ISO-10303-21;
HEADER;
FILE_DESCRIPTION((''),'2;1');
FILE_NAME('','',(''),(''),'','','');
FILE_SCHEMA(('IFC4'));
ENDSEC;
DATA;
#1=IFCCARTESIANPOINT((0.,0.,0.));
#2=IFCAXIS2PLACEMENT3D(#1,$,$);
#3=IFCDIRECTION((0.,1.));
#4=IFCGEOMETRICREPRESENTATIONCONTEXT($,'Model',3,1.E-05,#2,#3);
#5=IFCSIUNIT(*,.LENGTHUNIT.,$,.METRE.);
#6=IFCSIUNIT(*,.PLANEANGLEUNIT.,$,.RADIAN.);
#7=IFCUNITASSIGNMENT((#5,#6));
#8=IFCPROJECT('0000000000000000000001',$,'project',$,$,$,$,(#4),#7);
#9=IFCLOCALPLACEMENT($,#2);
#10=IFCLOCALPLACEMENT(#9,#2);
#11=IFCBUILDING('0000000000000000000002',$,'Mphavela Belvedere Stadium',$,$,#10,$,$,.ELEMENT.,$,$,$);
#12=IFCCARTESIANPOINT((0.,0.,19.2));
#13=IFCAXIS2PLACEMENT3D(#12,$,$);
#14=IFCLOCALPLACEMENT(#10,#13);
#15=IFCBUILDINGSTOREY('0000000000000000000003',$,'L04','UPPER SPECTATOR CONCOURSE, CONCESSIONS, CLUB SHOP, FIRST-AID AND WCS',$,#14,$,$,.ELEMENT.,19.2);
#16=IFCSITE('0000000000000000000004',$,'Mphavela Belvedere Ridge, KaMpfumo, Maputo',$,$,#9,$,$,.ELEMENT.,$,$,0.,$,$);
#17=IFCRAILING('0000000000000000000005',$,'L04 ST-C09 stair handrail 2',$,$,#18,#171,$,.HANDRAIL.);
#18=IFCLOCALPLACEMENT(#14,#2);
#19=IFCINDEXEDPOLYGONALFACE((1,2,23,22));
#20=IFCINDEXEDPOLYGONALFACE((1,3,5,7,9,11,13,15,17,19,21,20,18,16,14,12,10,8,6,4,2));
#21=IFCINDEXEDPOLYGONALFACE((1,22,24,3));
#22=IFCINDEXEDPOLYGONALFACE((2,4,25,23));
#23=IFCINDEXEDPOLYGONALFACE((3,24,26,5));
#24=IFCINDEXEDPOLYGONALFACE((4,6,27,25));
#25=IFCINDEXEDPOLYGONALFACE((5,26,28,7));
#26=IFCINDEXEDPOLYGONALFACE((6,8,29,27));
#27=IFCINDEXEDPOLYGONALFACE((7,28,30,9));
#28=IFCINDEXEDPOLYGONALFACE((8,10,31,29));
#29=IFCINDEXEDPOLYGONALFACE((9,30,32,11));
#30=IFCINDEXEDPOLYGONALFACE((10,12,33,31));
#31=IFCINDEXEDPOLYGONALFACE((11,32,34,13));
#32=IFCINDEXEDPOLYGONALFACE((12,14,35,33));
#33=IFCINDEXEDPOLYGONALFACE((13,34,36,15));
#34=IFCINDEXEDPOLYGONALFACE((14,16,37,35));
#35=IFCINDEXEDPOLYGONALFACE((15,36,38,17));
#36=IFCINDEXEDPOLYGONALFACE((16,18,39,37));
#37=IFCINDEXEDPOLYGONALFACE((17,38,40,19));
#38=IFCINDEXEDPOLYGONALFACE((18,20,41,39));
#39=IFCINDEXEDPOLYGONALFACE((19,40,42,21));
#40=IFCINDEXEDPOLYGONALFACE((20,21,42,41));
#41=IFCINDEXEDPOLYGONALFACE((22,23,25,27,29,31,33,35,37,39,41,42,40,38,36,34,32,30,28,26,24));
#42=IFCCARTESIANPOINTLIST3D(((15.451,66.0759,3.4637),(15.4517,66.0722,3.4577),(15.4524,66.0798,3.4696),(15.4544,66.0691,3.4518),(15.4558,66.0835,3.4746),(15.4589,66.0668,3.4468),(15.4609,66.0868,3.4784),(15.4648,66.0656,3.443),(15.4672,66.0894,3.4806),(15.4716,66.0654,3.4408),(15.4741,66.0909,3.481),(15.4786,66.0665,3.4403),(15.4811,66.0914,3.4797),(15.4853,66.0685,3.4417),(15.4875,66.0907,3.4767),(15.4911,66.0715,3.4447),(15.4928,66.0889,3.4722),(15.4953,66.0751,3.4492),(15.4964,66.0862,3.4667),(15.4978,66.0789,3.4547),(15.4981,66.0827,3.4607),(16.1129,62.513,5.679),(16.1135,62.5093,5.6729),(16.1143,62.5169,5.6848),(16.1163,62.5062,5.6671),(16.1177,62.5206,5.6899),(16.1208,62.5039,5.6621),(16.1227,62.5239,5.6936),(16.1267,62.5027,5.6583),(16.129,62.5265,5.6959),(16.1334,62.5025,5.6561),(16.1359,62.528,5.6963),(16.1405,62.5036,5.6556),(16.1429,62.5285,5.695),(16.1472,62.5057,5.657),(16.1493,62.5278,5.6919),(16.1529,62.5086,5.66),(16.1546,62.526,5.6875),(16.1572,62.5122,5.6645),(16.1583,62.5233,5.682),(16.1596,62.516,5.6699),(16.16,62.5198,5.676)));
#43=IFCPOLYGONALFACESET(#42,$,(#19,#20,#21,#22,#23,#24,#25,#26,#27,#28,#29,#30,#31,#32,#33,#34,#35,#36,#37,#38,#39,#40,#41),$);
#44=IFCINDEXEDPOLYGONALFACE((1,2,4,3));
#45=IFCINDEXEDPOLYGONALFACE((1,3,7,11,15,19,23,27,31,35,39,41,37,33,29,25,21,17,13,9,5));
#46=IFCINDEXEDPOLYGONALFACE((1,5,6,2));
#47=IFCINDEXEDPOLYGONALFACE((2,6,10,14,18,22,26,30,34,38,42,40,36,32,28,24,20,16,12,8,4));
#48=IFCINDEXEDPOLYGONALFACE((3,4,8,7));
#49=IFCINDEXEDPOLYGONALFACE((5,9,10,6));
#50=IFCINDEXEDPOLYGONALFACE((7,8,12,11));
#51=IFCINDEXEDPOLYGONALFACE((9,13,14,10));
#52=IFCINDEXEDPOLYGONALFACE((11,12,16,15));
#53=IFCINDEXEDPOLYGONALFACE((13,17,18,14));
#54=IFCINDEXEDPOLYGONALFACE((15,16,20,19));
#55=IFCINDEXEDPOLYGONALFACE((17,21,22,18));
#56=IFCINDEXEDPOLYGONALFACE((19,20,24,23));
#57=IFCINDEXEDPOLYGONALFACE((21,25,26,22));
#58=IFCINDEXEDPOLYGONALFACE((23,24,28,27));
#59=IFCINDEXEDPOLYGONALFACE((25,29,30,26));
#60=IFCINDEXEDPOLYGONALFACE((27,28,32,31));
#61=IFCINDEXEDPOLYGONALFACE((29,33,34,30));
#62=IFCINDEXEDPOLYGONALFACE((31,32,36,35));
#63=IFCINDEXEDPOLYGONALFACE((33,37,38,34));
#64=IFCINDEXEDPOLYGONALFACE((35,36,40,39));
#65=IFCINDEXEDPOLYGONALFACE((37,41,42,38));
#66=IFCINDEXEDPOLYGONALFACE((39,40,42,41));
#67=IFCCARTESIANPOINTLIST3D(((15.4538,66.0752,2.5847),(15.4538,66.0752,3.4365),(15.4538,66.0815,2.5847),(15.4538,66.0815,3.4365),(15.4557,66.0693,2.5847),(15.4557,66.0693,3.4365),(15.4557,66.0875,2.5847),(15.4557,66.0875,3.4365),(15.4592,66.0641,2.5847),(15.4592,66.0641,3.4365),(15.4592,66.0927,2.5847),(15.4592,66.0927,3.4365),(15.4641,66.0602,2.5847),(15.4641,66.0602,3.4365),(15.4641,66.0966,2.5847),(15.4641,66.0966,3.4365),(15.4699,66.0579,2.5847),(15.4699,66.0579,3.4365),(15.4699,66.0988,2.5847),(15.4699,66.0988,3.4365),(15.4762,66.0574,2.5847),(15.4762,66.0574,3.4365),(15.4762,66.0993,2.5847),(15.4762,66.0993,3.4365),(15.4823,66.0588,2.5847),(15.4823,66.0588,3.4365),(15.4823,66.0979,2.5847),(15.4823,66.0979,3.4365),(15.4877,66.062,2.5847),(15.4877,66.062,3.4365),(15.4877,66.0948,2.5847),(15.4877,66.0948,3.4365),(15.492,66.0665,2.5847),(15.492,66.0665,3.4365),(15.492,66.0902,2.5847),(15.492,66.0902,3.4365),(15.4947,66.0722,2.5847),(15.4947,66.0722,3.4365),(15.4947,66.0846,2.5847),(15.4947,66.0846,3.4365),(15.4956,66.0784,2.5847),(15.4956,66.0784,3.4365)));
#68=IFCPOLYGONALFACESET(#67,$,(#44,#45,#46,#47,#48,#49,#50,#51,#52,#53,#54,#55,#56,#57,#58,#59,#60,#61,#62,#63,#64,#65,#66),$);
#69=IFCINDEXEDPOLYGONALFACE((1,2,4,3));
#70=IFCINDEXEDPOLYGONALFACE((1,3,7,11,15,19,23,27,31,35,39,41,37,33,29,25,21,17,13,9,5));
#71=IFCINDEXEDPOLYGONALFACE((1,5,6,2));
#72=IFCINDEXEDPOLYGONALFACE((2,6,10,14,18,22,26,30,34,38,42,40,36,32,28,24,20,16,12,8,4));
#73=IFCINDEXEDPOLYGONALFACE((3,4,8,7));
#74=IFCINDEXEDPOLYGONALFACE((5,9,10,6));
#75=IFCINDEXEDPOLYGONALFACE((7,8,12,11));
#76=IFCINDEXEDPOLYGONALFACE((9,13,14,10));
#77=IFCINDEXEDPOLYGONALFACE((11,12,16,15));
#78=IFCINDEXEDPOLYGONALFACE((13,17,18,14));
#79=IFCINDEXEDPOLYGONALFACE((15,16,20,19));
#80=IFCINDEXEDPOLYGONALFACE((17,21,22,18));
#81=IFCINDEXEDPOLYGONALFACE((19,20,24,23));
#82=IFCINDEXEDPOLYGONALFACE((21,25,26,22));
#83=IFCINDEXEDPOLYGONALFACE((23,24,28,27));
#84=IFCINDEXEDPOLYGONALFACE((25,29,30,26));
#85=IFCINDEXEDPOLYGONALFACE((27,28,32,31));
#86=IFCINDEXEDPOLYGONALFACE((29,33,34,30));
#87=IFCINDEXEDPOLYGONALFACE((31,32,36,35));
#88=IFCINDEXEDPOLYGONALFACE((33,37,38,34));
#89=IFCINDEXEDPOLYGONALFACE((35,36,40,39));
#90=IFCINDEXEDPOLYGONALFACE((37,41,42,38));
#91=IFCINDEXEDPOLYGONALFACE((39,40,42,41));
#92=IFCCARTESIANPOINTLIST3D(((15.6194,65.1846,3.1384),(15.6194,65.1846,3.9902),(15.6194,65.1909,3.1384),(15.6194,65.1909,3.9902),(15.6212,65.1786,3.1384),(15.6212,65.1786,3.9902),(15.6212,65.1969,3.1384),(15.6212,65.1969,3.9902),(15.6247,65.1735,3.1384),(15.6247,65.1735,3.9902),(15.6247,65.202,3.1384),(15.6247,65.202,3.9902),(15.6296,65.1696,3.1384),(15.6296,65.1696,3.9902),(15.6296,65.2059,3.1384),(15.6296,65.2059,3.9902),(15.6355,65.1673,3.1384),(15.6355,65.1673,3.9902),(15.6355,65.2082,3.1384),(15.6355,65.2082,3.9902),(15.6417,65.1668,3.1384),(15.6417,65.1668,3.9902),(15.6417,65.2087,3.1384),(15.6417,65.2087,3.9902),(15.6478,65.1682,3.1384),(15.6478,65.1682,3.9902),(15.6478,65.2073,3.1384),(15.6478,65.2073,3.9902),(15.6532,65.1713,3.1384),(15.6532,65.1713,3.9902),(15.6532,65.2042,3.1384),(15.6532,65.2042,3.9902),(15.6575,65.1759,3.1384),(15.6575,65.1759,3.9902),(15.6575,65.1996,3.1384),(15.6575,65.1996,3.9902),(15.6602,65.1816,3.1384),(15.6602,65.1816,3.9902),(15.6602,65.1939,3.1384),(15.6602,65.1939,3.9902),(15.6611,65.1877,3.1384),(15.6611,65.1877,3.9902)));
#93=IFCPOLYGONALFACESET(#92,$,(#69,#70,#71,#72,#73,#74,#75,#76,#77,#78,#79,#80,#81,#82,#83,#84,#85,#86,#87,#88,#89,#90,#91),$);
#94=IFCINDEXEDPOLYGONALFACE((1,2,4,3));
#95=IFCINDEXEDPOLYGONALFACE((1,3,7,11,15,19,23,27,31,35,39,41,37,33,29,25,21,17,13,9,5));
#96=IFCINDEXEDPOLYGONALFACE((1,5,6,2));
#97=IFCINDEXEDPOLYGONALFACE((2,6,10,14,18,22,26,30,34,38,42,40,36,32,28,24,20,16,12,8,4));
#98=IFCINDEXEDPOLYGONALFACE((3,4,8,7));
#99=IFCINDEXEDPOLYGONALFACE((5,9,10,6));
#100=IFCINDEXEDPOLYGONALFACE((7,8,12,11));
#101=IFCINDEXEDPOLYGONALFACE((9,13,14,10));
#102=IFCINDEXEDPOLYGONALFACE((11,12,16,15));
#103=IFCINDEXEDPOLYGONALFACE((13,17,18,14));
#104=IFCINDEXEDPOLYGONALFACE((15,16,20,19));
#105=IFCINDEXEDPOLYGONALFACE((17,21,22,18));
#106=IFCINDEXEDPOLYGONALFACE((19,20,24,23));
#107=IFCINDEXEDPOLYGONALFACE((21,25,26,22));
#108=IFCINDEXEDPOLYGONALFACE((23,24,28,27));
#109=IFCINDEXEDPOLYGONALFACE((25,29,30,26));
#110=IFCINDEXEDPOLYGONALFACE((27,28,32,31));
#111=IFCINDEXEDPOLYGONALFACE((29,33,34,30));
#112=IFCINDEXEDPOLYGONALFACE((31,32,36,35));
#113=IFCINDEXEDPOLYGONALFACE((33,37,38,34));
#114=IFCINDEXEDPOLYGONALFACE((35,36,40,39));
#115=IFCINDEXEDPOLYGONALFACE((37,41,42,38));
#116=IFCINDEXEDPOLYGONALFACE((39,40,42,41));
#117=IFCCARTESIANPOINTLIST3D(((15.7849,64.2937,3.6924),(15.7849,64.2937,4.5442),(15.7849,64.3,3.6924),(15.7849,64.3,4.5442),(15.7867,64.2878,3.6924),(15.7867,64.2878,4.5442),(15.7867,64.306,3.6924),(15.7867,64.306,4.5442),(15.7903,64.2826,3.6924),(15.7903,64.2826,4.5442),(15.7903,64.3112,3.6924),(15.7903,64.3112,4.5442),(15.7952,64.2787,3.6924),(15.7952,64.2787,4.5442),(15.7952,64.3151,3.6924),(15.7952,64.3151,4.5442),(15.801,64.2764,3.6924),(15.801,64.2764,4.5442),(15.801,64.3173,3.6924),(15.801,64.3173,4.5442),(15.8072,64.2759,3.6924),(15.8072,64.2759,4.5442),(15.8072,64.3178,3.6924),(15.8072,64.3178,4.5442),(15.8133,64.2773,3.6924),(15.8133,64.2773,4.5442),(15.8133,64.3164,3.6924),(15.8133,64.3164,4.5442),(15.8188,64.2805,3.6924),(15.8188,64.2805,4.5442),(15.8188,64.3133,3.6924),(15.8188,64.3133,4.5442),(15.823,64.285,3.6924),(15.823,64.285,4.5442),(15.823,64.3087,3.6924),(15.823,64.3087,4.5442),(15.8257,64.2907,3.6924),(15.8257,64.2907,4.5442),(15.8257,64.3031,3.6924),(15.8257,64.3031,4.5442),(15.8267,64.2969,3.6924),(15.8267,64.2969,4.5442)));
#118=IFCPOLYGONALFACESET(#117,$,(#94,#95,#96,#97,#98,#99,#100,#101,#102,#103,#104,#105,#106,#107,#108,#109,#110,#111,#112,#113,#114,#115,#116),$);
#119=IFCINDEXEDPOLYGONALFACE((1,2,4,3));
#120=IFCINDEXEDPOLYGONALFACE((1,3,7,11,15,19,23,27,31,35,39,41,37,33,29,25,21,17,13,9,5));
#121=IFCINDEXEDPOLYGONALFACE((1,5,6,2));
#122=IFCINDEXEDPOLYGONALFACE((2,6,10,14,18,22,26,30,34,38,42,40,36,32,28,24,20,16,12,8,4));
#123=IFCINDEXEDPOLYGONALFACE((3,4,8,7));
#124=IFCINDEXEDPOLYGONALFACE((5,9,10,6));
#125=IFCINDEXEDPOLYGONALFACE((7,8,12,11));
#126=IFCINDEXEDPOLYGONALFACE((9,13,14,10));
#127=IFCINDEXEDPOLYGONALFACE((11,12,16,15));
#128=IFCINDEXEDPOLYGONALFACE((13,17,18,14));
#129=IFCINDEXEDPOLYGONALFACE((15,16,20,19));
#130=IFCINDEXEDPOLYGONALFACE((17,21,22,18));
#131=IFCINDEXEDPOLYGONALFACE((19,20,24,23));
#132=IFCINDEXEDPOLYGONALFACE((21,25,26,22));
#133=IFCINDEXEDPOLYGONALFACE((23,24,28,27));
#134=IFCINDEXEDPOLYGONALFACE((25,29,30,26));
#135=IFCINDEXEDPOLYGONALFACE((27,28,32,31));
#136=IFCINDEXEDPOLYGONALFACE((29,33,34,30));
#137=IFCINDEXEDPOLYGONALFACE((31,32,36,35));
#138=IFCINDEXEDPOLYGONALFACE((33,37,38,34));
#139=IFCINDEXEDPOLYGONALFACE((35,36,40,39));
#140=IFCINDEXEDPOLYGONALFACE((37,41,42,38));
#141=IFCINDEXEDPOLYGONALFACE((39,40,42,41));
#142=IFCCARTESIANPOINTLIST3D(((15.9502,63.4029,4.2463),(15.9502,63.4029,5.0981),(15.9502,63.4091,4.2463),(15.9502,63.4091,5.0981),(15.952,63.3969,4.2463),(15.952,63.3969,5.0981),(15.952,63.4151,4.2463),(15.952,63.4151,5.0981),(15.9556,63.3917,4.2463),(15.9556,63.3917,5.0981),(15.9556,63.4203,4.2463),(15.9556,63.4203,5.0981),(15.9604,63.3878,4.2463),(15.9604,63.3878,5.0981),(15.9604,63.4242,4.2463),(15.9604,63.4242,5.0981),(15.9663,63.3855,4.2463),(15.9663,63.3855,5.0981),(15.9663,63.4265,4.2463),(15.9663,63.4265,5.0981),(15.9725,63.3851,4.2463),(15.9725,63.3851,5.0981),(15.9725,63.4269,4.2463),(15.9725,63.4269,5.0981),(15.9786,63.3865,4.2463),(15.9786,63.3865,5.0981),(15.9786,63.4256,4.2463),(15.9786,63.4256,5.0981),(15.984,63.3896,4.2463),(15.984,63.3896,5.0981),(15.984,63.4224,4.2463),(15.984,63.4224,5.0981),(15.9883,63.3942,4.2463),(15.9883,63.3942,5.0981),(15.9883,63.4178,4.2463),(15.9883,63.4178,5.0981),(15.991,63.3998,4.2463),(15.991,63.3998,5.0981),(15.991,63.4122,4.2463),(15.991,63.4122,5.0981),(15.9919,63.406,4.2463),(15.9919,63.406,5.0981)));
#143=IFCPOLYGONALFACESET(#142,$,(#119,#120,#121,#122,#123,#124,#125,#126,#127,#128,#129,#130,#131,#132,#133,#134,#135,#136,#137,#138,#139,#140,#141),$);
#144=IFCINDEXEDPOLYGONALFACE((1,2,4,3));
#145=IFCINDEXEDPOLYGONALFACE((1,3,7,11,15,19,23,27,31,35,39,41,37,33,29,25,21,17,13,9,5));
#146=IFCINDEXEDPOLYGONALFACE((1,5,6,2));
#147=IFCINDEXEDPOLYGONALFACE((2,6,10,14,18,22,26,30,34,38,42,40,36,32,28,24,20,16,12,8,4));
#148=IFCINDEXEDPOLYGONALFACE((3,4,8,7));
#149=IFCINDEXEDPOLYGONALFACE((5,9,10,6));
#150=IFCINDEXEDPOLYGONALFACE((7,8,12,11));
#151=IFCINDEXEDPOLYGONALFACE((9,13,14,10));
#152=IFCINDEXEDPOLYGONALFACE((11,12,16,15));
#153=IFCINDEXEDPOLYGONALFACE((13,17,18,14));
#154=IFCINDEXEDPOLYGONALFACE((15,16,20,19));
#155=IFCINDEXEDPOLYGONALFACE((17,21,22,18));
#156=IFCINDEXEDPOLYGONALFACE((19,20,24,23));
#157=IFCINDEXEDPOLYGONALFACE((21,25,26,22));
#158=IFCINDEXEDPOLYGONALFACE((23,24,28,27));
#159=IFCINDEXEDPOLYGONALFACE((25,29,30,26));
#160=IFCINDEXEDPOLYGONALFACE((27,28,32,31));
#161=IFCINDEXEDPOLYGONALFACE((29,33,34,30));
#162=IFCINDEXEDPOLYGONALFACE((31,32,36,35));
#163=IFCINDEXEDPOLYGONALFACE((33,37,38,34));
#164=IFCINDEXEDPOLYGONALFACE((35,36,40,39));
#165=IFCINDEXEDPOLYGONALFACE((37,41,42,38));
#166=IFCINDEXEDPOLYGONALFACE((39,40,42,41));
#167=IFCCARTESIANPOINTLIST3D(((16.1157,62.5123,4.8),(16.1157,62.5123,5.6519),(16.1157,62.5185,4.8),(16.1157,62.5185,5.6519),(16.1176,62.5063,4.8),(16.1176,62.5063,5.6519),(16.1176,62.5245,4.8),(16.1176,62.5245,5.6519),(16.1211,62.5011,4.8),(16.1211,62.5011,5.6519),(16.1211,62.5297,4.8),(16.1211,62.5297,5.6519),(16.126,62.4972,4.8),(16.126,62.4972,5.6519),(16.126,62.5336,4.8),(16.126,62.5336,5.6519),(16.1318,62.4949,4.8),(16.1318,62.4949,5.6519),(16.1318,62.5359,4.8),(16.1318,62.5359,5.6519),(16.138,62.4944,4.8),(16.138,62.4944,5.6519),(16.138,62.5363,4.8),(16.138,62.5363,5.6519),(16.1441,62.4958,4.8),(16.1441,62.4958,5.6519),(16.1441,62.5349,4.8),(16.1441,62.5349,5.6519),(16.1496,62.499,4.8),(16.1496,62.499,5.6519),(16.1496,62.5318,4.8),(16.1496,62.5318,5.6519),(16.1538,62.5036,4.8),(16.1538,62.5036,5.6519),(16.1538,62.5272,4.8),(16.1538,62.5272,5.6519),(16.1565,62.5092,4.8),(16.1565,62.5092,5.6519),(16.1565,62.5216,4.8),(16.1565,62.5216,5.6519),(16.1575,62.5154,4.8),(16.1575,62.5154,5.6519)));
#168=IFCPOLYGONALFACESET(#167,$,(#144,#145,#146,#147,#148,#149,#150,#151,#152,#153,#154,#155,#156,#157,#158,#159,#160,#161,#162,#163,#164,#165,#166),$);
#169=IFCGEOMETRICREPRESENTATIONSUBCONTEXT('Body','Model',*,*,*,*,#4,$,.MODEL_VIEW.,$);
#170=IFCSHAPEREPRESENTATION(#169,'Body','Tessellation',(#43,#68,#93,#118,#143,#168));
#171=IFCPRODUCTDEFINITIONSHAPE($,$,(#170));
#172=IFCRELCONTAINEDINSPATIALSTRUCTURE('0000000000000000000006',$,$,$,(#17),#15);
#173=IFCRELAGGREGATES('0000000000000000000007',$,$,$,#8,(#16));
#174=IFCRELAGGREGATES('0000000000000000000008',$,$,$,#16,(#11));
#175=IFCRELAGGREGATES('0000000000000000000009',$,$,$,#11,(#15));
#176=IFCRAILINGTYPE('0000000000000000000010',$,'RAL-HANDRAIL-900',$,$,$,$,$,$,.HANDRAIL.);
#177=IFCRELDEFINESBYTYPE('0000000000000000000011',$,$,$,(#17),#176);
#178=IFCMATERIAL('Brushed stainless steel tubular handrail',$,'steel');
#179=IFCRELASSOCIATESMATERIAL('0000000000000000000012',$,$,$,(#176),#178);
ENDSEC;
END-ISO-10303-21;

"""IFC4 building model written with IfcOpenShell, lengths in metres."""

from ifc_helpers import new_model, si_unit, direction, frame, origin, origin_2d, place, context, subcontext, project, spatial, circle, extrude, material, type_object, element, save


model = new_model("IFC4")

# Units and contexts
model_context = context("Model", 3, precision=1e-05, world=origin(), true_north=direction((0.0, 1.0)))
body_context = subcontext(model_context, "Body", "Model", "MODEL_VIEW")
ifc_project = project(units=[si_unit("LENGTHUNIT", "METRE"), si_unit("PLANEANGLEUNIT", "RADIAN")], contexts=[model_context])

# Site, building, storey
site_placement = place(None, origin())
site = spatial("IfcSite", under=ifc_project, at=site_placement, Name="Mphavela Belvedere Ridge, KaMpfumo, Maputo", CompositionType="ELEMENT", RefElevation=0.0)
building_placement = place(site_placement, origin())
building = spatial("IfcBuilding", under=site, at=building_placement, Name="Mphavela Belvedere Stadium", CompositionType="ELEMENT")
storey_placement = place(building_placement, frame((0.0, 0.0, 19.2)))
storey = spatial("IfcBuildingStorey", under=building, at=storey_placement, Name="L04", Description="UPPER SPECTATOR CONCOURSE, CONCESSIONS, CLUB SHOP, FIRST-AID AND WCS", CompositionType="ELEMENT", Elevation=19.2)

# Railing
ifc_material_1 = material(Name="Brushed stainless steel tubular handrail", Category="steel")
railing_type_1 = type_object("IfcRailingType", Name="RAL-HANDRAIL-900", PredefinedType="HANDRAIL", material=ifc_material_1)
railing_1_placement = place(storey_placement, frame((15.4746, 66.0784, 2.5847)))
element("IfcRailing", 1, at=railing_1_placement, inside=storey, type_object=railing_type_1, Name="L04 ST-C09 stair handrail 2", PredefinedType="HANDRAIL", context=body_context, shape_type="SweptSolid", body=[
    extrude(circle(Radius=0.0239, at=origin_2d()), frame((0.0, 0.0, 0.876), z_axis=(0.155827, -0.838858, 0.52157), x_axis=(0.98318, 0.182637, 0.0)), (0.0, 0.0, 1.0), 4.2473),
    extrude(circle(Radius=0.021, at=origin_2d()), origin(), (0.0, 0.0, 1.0), 0.8518),
    extrude(circle(Radius=0.021, at=origin_2d()), frame((0.1655, -0.8906, 0.5537)), (0.0, 0.0, 1.0), 0.8518),
    extrude(circle(Radius=0.021, at=origin_2d()), frame((0.3311, -1.7815, 1.1077)), (0.0, 0.0, 1.0), 0.8518),
    extrude(circle(Radius=0.021, at=origin_2d()), frame((0.4963, -2.6724, 1.6616)), (0.0, 0.0, 1.0), 0.8518),
    extrude(circle(Radius=0.021, at=origin_2d()), frame((0.6619, -3.563, 2.2153)), (0.0, 0.0, 1.0), 0.8518),
])

save(model, "model.ifc")
